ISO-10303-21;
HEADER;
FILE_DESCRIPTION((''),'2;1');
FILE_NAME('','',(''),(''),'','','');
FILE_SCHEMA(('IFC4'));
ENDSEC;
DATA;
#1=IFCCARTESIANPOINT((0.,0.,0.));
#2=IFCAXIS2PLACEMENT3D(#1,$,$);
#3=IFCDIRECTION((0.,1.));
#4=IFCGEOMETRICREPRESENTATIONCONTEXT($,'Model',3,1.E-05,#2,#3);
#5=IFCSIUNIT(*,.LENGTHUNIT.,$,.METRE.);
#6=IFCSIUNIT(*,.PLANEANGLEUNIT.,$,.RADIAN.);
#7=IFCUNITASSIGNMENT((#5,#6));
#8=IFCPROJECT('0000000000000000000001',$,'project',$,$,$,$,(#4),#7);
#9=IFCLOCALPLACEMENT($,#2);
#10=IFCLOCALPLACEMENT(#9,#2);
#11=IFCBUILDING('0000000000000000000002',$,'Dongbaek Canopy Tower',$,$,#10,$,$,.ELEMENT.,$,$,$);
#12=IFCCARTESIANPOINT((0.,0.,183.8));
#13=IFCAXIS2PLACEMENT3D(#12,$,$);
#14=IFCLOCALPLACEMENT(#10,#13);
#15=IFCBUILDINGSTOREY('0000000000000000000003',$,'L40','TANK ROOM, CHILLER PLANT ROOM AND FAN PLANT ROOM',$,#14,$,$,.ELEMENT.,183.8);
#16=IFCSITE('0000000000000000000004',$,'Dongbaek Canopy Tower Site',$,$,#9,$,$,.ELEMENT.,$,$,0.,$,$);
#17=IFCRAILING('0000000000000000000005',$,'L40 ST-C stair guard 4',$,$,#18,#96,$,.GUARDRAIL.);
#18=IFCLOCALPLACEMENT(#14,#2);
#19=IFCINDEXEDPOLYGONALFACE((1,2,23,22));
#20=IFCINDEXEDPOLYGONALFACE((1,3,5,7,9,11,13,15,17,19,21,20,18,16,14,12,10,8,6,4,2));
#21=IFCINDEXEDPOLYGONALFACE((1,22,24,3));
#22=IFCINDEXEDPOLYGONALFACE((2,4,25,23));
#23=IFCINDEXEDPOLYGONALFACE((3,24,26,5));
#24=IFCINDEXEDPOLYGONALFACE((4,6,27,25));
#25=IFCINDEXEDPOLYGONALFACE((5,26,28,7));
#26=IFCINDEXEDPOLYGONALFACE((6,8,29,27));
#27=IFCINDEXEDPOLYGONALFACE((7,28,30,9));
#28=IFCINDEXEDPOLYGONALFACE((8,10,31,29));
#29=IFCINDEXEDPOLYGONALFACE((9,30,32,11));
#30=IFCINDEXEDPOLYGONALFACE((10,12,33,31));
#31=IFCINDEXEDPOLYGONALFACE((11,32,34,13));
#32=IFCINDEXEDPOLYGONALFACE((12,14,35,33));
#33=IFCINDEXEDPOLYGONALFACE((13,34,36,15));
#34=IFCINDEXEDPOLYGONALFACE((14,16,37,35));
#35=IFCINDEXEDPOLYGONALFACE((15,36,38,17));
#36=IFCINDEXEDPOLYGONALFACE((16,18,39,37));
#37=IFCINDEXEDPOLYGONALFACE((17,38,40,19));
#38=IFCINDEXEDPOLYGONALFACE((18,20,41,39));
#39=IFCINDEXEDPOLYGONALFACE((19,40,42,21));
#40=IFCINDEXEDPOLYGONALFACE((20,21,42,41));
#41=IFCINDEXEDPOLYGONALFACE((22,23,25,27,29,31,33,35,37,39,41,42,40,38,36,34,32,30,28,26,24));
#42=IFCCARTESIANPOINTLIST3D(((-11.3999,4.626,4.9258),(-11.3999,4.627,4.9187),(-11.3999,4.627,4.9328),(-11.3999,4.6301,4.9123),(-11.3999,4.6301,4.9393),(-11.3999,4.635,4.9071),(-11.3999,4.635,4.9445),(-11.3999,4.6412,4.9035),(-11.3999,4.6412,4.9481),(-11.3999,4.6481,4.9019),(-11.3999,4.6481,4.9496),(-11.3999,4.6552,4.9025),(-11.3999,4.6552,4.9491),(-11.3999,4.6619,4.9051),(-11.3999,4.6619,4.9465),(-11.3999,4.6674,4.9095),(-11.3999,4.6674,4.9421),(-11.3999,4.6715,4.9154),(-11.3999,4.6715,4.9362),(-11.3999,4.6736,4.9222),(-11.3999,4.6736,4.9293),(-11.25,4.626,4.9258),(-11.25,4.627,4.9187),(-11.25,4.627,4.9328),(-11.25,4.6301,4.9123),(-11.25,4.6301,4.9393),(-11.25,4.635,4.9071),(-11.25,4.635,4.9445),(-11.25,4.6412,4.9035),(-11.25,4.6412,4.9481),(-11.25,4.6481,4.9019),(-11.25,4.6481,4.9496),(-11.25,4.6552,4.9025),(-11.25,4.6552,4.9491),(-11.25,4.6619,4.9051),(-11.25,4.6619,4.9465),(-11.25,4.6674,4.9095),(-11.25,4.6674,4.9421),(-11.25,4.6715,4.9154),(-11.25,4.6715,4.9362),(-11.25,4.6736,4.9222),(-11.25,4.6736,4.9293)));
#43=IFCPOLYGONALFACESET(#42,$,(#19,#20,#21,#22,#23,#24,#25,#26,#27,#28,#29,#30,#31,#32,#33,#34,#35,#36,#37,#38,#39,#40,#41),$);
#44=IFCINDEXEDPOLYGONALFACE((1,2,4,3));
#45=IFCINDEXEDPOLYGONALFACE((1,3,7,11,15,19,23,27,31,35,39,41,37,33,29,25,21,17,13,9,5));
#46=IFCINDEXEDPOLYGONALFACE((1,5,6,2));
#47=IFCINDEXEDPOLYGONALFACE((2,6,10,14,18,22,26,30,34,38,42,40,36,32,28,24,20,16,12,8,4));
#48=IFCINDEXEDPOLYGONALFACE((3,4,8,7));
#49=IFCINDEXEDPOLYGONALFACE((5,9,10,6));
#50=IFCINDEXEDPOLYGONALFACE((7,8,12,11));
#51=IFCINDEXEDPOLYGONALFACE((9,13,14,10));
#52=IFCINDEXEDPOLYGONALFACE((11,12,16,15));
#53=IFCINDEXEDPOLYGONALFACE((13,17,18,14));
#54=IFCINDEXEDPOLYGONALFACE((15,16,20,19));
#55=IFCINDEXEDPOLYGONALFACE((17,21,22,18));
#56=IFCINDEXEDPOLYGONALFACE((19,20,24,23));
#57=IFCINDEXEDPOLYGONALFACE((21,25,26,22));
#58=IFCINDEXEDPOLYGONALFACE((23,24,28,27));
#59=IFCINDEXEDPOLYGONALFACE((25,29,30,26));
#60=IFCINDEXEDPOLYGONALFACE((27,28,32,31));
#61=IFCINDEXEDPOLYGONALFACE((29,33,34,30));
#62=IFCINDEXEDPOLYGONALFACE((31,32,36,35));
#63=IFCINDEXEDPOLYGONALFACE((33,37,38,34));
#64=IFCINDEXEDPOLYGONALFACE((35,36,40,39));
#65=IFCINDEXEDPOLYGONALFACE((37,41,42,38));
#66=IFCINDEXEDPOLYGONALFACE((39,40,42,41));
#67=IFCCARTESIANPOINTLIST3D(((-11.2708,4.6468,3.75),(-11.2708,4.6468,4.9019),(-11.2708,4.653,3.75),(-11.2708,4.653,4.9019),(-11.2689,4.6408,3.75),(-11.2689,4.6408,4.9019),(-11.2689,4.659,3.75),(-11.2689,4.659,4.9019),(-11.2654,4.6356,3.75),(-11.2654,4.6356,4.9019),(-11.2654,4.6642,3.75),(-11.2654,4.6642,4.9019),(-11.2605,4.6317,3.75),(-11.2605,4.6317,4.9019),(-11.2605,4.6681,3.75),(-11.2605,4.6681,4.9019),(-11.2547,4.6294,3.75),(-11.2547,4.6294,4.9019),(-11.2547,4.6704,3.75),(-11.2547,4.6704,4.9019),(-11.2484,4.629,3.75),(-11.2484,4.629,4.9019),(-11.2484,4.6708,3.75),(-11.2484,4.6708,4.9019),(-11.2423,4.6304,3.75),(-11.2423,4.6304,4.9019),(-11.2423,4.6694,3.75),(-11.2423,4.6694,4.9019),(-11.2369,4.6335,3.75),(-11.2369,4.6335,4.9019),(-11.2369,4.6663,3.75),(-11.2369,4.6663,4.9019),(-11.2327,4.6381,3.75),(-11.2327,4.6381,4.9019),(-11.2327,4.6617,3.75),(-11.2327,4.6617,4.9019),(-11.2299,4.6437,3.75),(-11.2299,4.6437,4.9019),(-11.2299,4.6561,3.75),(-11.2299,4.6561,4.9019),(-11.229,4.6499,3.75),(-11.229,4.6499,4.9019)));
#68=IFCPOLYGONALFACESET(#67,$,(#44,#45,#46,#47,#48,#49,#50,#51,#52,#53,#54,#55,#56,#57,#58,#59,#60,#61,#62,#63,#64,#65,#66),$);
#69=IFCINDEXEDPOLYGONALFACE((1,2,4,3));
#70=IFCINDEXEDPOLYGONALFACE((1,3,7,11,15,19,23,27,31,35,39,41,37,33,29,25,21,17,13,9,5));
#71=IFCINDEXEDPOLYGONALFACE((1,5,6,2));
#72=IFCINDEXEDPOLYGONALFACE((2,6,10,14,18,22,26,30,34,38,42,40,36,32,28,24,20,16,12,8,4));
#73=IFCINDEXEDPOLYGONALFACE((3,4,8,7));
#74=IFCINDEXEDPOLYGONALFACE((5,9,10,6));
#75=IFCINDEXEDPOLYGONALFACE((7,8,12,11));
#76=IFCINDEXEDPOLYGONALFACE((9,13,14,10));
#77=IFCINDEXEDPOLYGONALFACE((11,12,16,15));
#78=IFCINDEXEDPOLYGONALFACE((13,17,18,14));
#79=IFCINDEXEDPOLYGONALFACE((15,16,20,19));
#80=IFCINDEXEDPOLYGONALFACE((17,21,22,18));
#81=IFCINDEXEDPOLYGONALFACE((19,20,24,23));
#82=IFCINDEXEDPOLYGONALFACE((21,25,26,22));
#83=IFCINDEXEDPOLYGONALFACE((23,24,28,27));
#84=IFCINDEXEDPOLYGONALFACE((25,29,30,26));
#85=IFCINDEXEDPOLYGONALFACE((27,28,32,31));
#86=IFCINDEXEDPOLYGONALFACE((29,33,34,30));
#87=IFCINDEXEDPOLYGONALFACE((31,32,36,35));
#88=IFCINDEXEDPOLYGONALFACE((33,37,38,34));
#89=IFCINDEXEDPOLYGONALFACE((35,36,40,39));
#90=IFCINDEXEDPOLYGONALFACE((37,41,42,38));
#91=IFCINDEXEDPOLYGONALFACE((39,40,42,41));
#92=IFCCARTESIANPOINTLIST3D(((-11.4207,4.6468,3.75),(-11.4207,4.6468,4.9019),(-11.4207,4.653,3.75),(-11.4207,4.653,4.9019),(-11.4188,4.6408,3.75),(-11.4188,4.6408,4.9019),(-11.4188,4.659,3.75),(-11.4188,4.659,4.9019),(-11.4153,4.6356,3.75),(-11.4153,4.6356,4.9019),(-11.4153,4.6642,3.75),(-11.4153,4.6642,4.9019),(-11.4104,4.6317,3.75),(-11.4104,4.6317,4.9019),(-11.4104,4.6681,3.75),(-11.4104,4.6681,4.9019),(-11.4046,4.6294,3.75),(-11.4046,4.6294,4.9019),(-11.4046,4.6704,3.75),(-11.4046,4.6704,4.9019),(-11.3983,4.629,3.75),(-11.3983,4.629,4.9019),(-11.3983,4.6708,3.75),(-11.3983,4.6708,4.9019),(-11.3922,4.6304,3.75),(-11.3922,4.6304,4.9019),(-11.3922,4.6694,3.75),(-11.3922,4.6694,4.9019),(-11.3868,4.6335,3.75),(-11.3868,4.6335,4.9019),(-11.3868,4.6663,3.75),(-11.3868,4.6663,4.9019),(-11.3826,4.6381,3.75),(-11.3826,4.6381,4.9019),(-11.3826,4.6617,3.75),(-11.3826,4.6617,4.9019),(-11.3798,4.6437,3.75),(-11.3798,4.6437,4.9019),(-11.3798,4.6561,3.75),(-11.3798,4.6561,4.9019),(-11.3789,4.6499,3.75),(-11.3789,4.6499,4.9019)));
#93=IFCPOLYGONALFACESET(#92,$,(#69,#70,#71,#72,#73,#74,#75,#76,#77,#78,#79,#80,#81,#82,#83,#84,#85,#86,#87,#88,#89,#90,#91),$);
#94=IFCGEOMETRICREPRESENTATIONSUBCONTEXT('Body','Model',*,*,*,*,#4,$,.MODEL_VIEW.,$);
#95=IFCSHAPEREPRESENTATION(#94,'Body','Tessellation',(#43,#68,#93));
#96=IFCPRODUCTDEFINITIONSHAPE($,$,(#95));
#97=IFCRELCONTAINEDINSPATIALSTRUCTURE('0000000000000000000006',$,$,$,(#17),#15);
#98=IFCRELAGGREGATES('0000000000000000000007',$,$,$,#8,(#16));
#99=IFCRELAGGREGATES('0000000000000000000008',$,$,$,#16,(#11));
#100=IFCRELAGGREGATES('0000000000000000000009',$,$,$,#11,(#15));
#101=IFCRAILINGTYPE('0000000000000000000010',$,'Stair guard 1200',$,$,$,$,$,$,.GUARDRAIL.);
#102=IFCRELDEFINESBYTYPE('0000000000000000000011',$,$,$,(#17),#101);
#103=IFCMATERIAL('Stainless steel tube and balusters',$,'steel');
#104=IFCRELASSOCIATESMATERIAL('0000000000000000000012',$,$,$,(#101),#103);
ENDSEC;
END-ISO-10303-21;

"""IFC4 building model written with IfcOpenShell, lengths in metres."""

from ifc_helpers import new_model, si_unit, direction, frame, origin, origin_2d, place, context, subcontext, project, spatial, circle, extrude, material, type_object, element, save


model = new_model("IFC4")

# Units and contexts
model_context = context("Model", 3, precision=1e-05, world=origin(), true_north=direction((0.0, 1.0)))
body_context = subcontext(model_context, "Body", "Model", "MODEL_VIEW")
ifc_project = project(units=[si_unit("LENGTHUNIT", "METRE"), si_unit("PLANEANGLEUNIT", "RADIAN")], contexts=[model_context])

# Site, building, storey
site_placement = place(None, origin())
site = spatial("IfcSite", under=ifc_project, at=site_placement, Name="Dongbaek Canopy Tower Site", CompositionType="ELEMENT", RefElevation=0.0)
building_placement = place(site_placement, origin())
building = spatial("IfcBuilding", under=site, at=building_placement, Name="Dongbaek Canopy Tower", CompositionType="ELEMENT")
storey_placement = place(building_placement, frame((0.0, 0.0, 183.8)))
storey = spatial("IfcBuildingStorey", under=building, at=storey_placement, Name="L40", Description="TANK ROOM, CHILLER PLANT ROOM AND FAN PLANT ROOM", CompositionType="ELEMENT", Elevation=183.8)

# Railing
ifc_material_1 = material(Name="Stainless steel tube and balusters", Category="steel")
railing_type_1 = type_object("IfcRailingType", Name="Stair guard 1200", PredefinedType="GUARDRAIL", material=ifc_material_1)
railing_1_placement = place(storey_placement, frame((-11.25, 4.6499, 3.75)))
element("IfcRailing", 1, at=railing_1_placement, inside=storey, type_object=railing_type_1, Name="L40 ST-C stair guard 4", PredefinedType="GUARDRAIL", context=body_context, shape_type="SweptSolid", body=[
    extrude(circle(Radius=0.0239, at=origin_2d()), frame((0.0, 0.0, 1.1758), z_axis=(-1.0, 0.0, 0.0), x_axis=(0.0, -1.0, 0.0)), (0.0, 0.0, 1.0), 0.1499),
    extrude(circle(Radius=0.021, at=origin_2d()), origin(), (0.0, 0.0, 1.0), 1.1519),
    extrude(circle(Radius=0.021, at=origin_2d()), frame((-0.1499, 0.0, 0.0)), (0.0, 0.0, 1.0), 1.1519),
])

save(model, "model.ifc")
